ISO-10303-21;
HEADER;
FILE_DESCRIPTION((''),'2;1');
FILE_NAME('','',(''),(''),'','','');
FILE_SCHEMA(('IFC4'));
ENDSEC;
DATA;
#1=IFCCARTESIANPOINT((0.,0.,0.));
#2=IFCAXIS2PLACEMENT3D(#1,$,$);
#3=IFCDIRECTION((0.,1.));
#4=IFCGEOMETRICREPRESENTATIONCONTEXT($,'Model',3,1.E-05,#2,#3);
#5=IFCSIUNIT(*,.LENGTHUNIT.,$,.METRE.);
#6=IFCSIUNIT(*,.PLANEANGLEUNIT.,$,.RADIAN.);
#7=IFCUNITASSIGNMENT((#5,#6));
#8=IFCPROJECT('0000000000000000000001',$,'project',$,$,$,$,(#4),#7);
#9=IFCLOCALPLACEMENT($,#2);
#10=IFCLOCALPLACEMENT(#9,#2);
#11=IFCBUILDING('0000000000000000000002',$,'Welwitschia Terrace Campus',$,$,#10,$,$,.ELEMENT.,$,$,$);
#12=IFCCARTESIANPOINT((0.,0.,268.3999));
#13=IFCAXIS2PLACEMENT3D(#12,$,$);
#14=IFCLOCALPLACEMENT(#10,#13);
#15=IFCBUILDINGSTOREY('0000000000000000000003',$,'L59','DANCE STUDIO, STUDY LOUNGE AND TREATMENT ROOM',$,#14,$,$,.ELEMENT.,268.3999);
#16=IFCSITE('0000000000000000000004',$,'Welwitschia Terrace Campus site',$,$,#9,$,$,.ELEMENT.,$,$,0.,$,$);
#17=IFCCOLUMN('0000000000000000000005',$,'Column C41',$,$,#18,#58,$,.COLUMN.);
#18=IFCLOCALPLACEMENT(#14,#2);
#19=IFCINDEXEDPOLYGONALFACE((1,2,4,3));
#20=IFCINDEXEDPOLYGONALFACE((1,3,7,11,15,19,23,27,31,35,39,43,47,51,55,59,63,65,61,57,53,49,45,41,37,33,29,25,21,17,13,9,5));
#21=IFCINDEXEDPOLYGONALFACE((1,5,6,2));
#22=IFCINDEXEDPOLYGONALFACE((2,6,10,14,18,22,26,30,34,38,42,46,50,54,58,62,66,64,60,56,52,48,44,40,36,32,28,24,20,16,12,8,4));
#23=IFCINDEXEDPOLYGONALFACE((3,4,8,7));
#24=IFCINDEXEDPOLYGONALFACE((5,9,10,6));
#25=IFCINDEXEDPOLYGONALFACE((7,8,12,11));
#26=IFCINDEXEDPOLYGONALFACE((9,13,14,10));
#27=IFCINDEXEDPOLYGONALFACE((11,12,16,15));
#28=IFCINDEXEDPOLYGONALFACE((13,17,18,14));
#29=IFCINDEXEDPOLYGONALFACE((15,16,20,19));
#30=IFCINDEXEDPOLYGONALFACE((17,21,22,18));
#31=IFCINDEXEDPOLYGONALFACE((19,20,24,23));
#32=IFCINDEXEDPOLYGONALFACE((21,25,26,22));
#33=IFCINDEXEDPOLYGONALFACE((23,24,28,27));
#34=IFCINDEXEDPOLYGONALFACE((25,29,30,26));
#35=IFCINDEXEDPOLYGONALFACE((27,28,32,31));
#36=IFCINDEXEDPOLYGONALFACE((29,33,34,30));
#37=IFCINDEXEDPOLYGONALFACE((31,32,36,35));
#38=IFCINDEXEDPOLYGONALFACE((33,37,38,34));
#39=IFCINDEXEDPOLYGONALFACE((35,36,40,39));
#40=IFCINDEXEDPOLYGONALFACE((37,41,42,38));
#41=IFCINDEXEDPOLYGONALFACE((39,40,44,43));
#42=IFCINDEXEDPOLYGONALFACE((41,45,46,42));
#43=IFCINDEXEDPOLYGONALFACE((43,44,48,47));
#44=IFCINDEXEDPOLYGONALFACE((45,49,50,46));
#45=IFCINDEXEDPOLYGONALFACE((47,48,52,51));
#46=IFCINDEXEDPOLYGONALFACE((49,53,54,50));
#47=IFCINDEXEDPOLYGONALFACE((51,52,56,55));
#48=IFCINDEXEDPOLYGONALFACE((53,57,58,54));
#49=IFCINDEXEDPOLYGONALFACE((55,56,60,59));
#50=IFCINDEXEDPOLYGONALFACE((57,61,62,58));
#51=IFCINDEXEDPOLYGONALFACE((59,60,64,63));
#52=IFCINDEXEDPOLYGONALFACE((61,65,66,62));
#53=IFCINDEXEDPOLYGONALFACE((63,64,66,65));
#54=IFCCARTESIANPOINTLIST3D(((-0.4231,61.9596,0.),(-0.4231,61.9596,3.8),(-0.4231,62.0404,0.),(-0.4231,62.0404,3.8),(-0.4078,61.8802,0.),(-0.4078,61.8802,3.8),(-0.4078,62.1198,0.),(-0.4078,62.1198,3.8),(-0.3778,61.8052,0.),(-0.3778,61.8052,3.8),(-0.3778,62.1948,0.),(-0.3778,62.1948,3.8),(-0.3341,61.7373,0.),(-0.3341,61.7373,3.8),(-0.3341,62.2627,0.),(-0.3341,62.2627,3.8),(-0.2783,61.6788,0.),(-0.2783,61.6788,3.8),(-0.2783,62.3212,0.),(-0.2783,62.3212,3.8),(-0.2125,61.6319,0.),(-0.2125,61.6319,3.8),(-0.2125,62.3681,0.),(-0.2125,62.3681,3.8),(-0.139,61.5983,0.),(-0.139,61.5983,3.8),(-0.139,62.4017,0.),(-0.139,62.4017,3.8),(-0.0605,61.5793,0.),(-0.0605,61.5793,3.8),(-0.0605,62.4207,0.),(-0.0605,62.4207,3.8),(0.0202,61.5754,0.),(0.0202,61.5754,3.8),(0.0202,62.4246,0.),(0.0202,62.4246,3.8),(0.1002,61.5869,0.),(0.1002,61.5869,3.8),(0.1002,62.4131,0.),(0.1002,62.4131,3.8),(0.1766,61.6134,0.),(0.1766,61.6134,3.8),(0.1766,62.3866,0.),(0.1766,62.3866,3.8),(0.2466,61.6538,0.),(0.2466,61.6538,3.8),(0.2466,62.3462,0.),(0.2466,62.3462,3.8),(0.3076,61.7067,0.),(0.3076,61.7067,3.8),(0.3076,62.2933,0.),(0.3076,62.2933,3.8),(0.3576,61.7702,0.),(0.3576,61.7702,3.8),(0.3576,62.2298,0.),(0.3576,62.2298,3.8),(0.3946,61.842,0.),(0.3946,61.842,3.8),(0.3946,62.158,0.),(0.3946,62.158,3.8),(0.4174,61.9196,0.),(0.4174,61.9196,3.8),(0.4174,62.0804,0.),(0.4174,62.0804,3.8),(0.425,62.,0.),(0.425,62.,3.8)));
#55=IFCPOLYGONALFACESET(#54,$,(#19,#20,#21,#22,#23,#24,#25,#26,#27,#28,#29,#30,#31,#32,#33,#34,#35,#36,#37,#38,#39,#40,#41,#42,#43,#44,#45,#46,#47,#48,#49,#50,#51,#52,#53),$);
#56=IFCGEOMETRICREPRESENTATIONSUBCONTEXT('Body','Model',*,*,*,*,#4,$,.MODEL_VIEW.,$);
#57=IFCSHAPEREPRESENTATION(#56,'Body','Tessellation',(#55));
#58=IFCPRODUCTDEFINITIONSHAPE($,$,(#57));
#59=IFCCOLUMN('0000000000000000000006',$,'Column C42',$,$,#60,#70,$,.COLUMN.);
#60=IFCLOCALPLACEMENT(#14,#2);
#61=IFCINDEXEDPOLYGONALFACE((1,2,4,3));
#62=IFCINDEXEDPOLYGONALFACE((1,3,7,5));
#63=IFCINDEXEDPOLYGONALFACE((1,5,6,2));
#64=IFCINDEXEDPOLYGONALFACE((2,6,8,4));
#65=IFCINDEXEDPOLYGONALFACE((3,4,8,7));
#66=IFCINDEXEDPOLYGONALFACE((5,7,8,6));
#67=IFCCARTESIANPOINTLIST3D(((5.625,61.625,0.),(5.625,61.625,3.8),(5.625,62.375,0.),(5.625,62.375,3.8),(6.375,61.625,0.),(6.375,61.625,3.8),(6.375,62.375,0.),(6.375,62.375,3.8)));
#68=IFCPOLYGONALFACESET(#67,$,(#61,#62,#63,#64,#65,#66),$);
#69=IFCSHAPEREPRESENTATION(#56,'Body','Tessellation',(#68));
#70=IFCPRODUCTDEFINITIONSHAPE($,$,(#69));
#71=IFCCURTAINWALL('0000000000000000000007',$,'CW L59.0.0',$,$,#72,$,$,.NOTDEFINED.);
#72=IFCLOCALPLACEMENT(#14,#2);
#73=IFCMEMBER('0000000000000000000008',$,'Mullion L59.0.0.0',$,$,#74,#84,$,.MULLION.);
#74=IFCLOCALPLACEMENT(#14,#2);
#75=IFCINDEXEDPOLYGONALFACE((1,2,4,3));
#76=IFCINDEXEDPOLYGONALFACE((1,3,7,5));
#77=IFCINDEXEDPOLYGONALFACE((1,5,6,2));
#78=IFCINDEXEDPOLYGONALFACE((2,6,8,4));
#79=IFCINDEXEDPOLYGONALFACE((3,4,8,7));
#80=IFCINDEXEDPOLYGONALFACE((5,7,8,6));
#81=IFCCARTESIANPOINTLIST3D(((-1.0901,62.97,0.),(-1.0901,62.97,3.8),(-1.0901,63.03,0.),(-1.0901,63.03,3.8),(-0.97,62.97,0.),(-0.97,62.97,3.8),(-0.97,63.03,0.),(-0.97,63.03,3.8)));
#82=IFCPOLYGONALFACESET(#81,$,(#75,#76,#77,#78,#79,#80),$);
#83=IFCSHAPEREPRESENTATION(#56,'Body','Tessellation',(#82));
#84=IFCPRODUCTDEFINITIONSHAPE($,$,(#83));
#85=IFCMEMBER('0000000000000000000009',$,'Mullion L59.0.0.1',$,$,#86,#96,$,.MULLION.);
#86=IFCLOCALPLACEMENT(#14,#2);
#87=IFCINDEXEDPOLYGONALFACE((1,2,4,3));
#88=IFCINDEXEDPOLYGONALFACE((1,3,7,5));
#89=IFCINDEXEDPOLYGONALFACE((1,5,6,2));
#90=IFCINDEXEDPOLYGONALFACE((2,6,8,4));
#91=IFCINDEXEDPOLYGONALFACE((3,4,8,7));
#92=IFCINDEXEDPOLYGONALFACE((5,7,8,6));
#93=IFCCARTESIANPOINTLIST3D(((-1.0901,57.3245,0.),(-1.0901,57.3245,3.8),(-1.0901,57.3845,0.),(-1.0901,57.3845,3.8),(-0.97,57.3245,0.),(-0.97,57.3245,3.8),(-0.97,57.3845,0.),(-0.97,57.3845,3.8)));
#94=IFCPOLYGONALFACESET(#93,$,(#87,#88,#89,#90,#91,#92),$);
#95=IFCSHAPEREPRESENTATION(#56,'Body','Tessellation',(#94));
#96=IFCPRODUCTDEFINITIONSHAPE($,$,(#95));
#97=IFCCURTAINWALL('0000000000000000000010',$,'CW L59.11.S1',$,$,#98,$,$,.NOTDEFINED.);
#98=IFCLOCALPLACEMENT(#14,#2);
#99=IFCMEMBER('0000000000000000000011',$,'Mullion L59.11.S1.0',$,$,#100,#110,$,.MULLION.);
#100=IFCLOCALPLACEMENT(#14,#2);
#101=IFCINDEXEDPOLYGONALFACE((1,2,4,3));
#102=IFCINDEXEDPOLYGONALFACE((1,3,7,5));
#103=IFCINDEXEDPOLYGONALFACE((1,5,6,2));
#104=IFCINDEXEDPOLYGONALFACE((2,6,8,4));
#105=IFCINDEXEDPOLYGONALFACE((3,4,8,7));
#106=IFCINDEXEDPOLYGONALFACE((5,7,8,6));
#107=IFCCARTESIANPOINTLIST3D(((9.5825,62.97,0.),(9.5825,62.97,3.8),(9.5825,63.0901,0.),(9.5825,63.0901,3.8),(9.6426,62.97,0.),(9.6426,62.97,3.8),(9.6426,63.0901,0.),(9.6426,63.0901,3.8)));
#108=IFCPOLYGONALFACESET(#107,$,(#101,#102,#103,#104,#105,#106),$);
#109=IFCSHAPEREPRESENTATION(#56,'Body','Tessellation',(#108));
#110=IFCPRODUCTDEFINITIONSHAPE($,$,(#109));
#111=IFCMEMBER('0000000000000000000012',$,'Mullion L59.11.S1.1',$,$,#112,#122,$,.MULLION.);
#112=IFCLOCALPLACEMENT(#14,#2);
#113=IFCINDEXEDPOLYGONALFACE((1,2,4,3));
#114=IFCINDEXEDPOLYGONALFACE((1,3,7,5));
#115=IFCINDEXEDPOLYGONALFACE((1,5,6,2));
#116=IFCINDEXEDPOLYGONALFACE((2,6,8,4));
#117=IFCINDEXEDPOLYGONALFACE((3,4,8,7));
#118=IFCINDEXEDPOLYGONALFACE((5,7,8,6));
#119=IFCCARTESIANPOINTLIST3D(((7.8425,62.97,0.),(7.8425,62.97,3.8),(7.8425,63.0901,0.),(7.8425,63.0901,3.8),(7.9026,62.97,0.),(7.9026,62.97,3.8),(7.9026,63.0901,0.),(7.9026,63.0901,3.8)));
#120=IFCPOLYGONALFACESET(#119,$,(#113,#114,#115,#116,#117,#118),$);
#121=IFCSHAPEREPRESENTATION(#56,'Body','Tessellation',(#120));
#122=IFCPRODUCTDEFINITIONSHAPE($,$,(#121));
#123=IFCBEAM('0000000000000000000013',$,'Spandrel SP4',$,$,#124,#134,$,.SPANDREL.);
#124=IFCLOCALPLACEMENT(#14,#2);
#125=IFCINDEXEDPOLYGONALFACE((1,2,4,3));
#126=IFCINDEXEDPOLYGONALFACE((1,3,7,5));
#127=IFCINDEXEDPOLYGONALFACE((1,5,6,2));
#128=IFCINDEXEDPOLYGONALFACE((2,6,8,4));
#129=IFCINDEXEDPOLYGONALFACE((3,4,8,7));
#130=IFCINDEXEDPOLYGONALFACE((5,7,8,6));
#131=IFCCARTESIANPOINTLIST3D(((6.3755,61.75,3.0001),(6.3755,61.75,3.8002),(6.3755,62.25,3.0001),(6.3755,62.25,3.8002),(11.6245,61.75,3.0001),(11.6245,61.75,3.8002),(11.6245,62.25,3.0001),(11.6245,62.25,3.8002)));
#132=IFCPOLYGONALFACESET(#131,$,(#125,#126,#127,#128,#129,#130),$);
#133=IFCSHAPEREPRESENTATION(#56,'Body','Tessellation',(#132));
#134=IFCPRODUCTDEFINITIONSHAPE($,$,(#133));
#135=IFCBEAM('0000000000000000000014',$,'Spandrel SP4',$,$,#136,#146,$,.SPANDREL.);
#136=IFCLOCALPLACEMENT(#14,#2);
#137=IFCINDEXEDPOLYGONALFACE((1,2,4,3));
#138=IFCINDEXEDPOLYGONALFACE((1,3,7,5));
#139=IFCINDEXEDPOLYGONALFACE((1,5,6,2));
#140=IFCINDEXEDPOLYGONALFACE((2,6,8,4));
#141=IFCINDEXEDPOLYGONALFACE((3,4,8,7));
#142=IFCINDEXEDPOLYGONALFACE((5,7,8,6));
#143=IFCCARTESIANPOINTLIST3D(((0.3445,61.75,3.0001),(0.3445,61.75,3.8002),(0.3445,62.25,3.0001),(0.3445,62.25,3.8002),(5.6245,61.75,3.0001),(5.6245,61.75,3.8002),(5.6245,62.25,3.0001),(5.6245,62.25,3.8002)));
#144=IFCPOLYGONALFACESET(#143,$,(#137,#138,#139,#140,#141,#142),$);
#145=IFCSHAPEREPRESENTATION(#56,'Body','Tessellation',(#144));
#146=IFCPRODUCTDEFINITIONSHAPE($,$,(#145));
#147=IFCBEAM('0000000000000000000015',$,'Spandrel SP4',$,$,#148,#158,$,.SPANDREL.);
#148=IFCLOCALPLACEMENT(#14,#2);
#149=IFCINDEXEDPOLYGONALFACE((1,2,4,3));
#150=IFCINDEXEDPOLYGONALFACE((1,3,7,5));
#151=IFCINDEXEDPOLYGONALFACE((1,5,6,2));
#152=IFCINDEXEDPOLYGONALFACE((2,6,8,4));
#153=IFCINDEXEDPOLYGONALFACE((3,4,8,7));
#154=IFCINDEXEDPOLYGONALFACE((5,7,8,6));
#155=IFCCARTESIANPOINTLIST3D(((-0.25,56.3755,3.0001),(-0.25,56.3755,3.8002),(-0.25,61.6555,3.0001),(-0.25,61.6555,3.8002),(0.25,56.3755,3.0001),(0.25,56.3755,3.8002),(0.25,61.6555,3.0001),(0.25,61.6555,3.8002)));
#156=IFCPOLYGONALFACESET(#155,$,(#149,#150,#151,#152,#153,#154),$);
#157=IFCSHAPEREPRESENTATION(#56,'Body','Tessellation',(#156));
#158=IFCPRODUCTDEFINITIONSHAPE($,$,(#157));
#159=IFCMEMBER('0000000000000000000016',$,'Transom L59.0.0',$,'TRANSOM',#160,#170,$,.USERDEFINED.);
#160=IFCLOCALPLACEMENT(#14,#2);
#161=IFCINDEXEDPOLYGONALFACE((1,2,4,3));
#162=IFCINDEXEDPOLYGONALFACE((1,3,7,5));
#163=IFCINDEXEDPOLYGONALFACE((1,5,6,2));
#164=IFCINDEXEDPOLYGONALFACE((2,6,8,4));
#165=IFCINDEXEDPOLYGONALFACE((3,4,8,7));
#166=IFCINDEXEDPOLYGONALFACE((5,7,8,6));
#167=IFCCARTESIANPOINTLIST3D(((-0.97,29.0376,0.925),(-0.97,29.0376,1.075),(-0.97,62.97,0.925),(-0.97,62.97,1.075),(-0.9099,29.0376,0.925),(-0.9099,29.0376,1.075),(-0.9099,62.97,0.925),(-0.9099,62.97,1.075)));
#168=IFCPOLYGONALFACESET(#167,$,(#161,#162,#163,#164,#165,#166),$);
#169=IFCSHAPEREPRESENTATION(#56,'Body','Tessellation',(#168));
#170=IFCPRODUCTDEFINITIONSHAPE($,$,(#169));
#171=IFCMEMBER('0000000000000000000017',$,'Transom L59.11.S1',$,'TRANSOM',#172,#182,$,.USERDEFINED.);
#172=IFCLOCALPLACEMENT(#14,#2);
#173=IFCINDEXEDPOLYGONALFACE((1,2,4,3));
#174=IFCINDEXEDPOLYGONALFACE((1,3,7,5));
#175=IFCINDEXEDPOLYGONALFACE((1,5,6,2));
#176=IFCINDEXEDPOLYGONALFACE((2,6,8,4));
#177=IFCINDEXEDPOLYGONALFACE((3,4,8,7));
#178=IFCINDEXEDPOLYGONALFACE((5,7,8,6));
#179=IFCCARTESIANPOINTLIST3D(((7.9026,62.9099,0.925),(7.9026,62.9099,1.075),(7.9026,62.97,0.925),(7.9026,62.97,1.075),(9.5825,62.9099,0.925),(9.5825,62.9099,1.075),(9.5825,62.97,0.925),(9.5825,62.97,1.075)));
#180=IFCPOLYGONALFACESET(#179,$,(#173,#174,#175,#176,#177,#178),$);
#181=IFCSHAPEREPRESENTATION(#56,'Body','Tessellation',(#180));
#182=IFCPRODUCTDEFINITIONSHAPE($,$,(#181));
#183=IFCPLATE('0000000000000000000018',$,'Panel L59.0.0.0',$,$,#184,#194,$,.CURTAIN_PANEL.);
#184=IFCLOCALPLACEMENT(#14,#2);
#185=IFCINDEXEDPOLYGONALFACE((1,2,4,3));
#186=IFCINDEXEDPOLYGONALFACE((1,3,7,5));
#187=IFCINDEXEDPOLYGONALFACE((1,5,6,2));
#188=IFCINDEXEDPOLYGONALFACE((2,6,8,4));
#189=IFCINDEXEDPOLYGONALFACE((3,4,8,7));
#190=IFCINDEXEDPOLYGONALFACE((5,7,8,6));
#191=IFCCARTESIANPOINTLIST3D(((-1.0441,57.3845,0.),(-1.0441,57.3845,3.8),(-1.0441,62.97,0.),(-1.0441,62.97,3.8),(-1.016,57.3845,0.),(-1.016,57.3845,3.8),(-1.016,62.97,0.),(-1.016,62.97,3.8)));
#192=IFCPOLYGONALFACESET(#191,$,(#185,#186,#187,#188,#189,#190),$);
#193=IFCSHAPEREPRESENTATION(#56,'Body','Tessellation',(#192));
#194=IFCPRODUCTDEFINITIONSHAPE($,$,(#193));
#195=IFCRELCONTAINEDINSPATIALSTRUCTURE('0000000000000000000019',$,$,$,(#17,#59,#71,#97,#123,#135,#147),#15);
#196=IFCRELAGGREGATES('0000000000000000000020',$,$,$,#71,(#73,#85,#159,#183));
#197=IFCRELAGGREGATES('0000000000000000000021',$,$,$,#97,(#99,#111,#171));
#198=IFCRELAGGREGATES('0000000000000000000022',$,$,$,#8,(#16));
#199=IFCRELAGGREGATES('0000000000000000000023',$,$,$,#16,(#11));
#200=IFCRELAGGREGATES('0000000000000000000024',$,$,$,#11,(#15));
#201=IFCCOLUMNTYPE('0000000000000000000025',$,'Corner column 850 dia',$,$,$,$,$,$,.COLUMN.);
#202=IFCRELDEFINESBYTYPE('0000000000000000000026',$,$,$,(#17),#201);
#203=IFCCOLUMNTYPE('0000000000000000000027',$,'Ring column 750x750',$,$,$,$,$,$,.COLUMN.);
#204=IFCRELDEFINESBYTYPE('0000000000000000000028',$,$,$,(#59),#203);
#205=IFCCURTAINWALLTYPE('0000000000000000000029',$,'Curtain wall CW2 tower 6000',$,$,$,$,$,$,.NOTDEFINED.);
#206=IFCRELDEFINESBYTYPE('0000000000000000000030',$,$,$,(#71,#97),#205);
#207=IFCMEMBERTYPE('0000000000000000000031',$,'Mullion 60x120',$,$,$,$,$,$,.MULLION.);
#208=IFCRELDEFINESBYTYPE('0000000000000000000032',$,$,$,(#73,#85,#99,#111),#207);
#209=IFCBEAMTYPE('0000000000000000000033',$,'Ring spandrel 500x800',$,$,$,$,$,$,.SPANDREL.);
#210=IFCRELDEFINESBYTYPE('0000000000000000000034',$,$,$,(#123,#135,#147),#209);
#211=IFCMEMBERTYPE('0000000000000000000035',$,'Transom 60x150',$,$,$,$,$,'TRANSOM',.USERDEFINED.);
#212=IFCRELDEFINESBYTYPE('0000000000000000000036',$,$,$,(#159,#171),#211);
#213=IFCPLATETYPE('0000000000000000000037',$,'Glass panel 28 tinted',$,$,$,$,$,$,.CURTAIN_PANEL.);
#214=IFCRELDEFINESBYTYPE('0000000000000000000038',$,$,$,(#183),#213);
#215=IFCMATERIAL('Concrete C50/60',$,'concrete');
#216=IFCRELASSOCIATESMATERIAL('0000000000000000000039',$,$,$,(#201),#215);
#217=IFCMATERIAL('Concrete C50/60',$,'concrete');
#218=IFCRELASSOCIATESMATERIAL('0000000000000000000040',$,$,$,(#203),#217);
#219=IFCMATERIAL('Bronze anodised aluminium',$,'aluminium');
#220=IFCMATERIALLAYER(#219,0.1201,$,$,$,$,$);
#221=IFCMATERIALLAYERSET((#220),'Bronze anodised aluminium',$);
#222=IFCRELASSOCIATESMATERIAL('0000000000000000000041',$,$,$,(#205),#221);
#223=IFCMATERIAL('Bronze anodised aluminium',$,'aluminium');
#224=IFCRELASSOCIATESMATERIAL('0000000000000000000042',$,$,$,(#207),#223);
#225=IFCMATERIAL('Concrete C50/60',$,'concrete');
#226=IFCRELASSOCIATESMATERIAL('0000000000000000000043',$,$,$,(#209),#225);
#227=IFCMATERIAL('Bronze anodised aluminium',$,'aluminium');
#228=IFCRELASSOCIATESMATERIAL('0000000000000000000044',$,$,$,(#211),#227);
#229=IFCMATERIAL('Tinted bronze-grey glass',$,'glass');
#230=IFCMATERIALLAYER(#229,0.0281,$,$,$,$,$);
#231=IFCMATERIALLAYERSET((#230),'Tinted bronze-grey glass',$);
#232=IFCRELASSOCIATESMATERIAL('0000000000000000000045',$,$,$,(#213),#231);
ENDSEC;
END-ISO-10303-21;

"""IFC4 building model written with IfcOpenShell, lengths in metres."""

from ifc_helpers import new_model, si_unit, direction, frame, origin, origin_2d, place, context, subcontext, project, spatial, rectangle, circle, extrude, material, layer, layer_set, material_profile, profile_set, type_object, element, aggregate, save


model = new_model("IFC4")

# Units and contexts
model_context = context("Model", 3, precision=1e-05, world=origin(), true_north=direction((0.0, 1.0)))
body_context = subcontext(model_context, "Body", "Model", "MODEL_VIEW")
ifc_project = project(units=[si_unit("LENGTHUNIT", "METRE"), si_unit("PLANEANGLEUNIT", "RADIAN")], contexts=[model_context])

# Site, building, storey
site_placement = place(None, origin())
site = spatial("IfcSite", under=ifc_project, at=site_placement, Name="Welwitschia Terrace Campus site", CompositionType="ELEMENT", RefElevation=0.0)
building_placement = place(site_placement, origin())
building = spatial("IfcBuilding", under=site, at=building_placement, Name="Welwitschia Terrace Campus", CompositionType="ELEMENT")
storey_placement = place(building_placement, frame((0.0, 0.0, 268.3999)))
storey = spatial("IfcBuildingStorey", under=building, at=storey_placement, Name="L59", Description="DANCE STUDIO, STUDY LOUNGE AND TREATMENT ROOM", CompositionType="ELEMENT", Elevation=268.3999)

# Columns
ifc_material_1 = material(Name="Concrete C50/60", Category="concrete")
ifc_material_profile_1 = material_profile(ifc_material_1, circle(Radius=0.425, at=origin_2d()))
ifc_profile_set_1 = profile_set([ifc_material_profile_1], Name="Concrete C50/60")
column_type_1 = type_object("IfcColumnType", Name="Corner column 850 dia", PredefinedType="COLUMN", material=ifc_profile_set_1)
column_1_placement = place(storey_placement, frame((0.0, 62.0, 0.0), z_axis=(0.0, 0.0, 1.0), x_axis=(1.0, 0.0, 0.0)))
element("IfcColumn", 1, at=column_1_placement, inside=storey, type_object=column_type_1, Name="Column C41", PredefinedType="COLUMN", context=body_context, shape_type="SweptSolid", body=[
    extrude(circle(Radius=0.425, at=origin_2d()), origin(), (0.0, 0.0, 1.0), 3.8),
])
ifc_material_2 = material(Name="Concrete C50/60", Category="concrete")
ifc_material_profile_2 = material_profile(ifc_material_2, rectangle(XDim=0.75, YDim=0.75, at=origin_2d()))
ifc_profile_set_2 = profile_set([ifc_material_profile_2], Name="Concrete C50/60")
column_type_2 = type_object("IfcColumnType", Name="Ring column 750x750", PredefinedType="COLUMN", material=ifc_profile_set_2)
column_2_placement = place(storey_placement, frame((6.0, 62.0, 0.0), z_axis=(0.0, 0.0, 1.0), x_axis=(1.0, 0.0, 0.0)))
element("IfcColumn", 2, at=column_2_placement, inside=storey, type_object=column_type_2, Name="Column C42", PredefinedType="COLUMN", context=body_context, shape_type="SweptSolid", body=[
    extrude(rectangle(XDim=0.75, YDim=0.75, at=origin_2d()), origin(), (0.0, 0.0, 1.0), 3.8),
])

# Curtain walls, members
ifc_material_3 = material(Name="Bronze anodised aluminium", Category="aluminium")
ifc_layer_1 = layer(ifc_material_3, 0.1201)
ifc_layer_set_1 = layer_set([ifc_layer_1], Name="Bronze anodised aluminium")
curtain_wall_type = type_object("IfcCurtainWallType", Name="Curtain wall CW2 tower 6000", PredefinedType="NOTDEFINED", material=ifc_layer_set_1)
curtain_wall_1_placement = place(storey_placement, origin())
curtain_wall_1 = element("IfcCurtainWall", 3, at=curtain_wall_1_placement, inside=storey, type_object=curtain_wall_type, Name="CW L59.0.0", PredefinedType="NOTDEFINED")
ifc_material_4 = material(Name="Bronze anodised aluminium", Category="aluminium")
ifc_material_profile_3 = material_profile(ifc_material_4, rectangle(XDim=0.1201, YDim=0.0601, at=origin_2d()))
ifc_profile_set_3 = profile_set([ifc_material_profile_3], Name="Bronze anodised aluminium")
member_type_1 = type_object("IfcMemberType", Name="Mullion 60x120", PredefinedType="MULLION", material=ifc_profile_set_3)
member_1_placement = place(storey_placement, frame((-1.03, 63.0, 0.0), z_axis=(0.0, 0.0, 1.0), x_axis=(1.0, 0.0, 0.0)))
member_1 = element("IfcMember", 4, at=member_1_placement, type_object=member_type_1, Name="Mullion L59.0.0.0", PredefinedType="MULLION", context=body_context, shape_type="SweptSolid", body=[
    extrude(rectangle(XDim=0.1201, YDim=0.0601, at=origin_2d()), origin(), (0.0, 0.0, 1.0), 3.8),
])
member_2_placement = place(storey_placement, frame((-1.03, 57.3545, 0.0), z_axis=(0.0, 0.0, 1.0), x_axis=(1.0, 0.0, 0.0)))
member_2 = element("IfcMember", 5, at=member_2_placement, type_object=member_type_1, Name="Mullion L59.0.0.1", PredefinedType="MULLION", context=body_context, shape_type="SweptSolid", body=[
    extrude(rectangle(XDim=0.1201, YDim=0.0601, at=origin_2d()), origin(), (0.0, 0.0, 1.0), 3.8),
])
curtain_wall_2_placement = place(storey_placement, origin())
curtain_wall_2 = element("IfcCurtainWall", 6, at=curtain_wall_2_placement, inside=storey, type_object=curtain_wall_type, Name="CW L59.11.S1", PredefinedType="NOTDEFINED")
member_3_placement = place(storey_placement, frame((9.6125, 63.03, 0.0), z_axis=(0.0, 0.0, 1.0), x_axis=(0.0, -1.0, 0.0)))
member_3 = element("IfcMember", 7, at=member_3_placement, type_object=member_type_1, Name="Mullion L59.11.S1.0", PredefinedType="MULLION", context=body_context, shape_type="SweptSolid", body=[
    extrude(rectangle(XDim=0.1201, YDim=0.0601, at=origin_2d()), origin(), (0.0, 0.0, 1.0), 3.8),
])
member_4_placement = place(storey_placement, frame((7.8726, 63.03, 0.0), z_axis=(0.0, 0.0, 1.0), x_axis=(0.0, -1.0, 0.0)))
member_4 = element("IfcMember", 8, at=member_4_placement, type_object=member_type_1, Name="Mullion L59.11.S1.1", PredefinedType="MULLION", context=body_context, shape_type="SweptSolid", body=[
    extrude(rectangle(XDim=0.1201, YDim=0.0601, at=origin_2d()), origin(), (0.0, 0.0, 1.0), 3.8),
])

# Beams
ifc_material_5 = material(Name="Concrete C50/60", Category="concrete")
ifc_material_profile_4 = material_profile(ifc_material_5, rectangle(XDim=0.5, YDim=0.8, at=origin_2d()))
ifc_profile_set_4 = profile_set([ifc_material_profile_4], Name="Concrete C50/60")
beam_type = type_object("IfcBeamType", Name="Ring spandrel 500x800", PredefinedType="SPANDREL", material=ifc_profile_set_4)
beam_placement = place(storey_placement, frame((11.6245, 62.0, 3.4001), z_axis=(-1.0, 0.0, 0.0), x_axis=(0.0, -1.0, 0.0)))
element("IfcBeam", 9, at=beam_placement, inside=storey, type_object=beam_type, Name="Spandrel SP4", PredefinedType="SPANDREL", context=body_context, shape_type="SweptSolid", body=[
    extrude(rectangle(XDim=0.5, YDim=0.8, at=origin_2d()), origin(), (0.0, 0.0, 1.0), 5.249),
])
for number, where, z_axis, x_axis, name in (
    (10, (5.6245, 62.0, 3.4001), (-1.0, 0.0, 0.0), (0.0, -1.0, 0.0), "Spandrel SP4"),
    (11, (0.0, 61.6555, 3.4001), (0.0, -1.0, 0.0), (1.0, 0.0, 0.0), "Spandrel SP4"),
):
    element("IfcBeam", number, at=place(storey_placement, frame(where, z_axis=z_axis, x_axis=x_axis)), inside=storey, type_object=beam_type, Name=name, PredefinedType="SPANDREL", context=body_context, shape_type="SweptSolid", body=[
        extrude(rectangle(XDim=0.5, YDim=0.8, at=origin_2d()), origin(), (0.0, 0.0, 1.0), 5.28),
    ])

# Members
ifc_material_6 = material(Name="Bronze anodised aluminium", Category="aluminium")
ifc_material_profile_5 = material_profile(ifc_material_6, rectangle(XDim=0.0601, YDim=0.1499, at=origin_2d()))
ifc_profile_set_5 = profile_set([ifc_material_profile_5], Name="Bronze anodised aluminium")
member_type_2 = type_object("IfcMemberType", Name="Transom 60x150", ElementType="TRANSOM", PredefinedType="USERDEFINED", material=ifc_profile_set_5)
member_5_placement = place(storey_placement, frame((-0.9399, 62.97, 1.0), z_axis=(0.0, -1.0, 0.0), x_axis=(1.0, 0.0, 0.0)))
member_5 = element("IfcMember", 12, at=member_5_placement, type_object=member_type_2, Name="Transom L59.0.0", ObjectType="TRANSOM", PredefinedType="USERDEFINED", context=body_context, shape_type="SweptSolid", body=[
    extrude(rectangle(XDim=0.0601, YDim=0.1499, at=origin_2d()), origin(), (0.0, 0.0, 1.0), 33.9324),
])
member_6_placement = place(storey_placement, frame((9.5825, 62.9399, 1.0), z_axis=(-1.0, 0.0, 0.0), x_axis=(0.0, -1.0, 0.0)))
member_6 = element("IfcMember", 13, at=member_6_placement, type_object=member_type_2, Name="Transom L59.11.S1", ObjectType="TRANSOM", PredefinedType="USERDEFINED", context=body_context, shape_type="SweptSolid", body=[
    extrude(rectangle(XDim=0.0601, YDim=0.1499, at=origin_2d()), origin(), (0.0, 0.0, 1.0), 1.6799),
])

# Plate
ifc_material_7 = material(Name="Tinted bronze-grey glass", Category="glass")
ifc_layer_2 = layer(ifc_material_7, 0.0281)
ifc_layer_set_2 = layer_set([ifc_layer_2], Name="Tinted bronze-grey glass")
plate_type = type_object("IfcPlateType", Name="Glass panel 28 tinted", PredefinedType="CURTAIN_PANEL", material=ifc_layer_set_2)
plate_1_placement = place(storey_placement, frame((-1.03, 60.1772, 0.0), z_axis=(0.0, 0.0, 1.0), x_axis=(0.0, -1.0, 0.0)))
plate_1 = element("IfcPlate", 14, at=plate_1_placement, type_object=plate_type, Name="Panel L59.0.0.0", PredefinedType="CURTAIN_PANEL", context=body_context, shape_type="SweptSolid", body=[
    extrude(rectangle(XDim=5.5854, YDim=0.0281, at=origin_2d()), origin(), (0.0, 0.0, 1.0), 3.8),
])
aggregate(curtain_wall_1, [member_1, member_2, member_5, plate_1])
aggregate(curtain_wall_2, [member_3, member_4, member_6])

save(model, "model.ifc")
